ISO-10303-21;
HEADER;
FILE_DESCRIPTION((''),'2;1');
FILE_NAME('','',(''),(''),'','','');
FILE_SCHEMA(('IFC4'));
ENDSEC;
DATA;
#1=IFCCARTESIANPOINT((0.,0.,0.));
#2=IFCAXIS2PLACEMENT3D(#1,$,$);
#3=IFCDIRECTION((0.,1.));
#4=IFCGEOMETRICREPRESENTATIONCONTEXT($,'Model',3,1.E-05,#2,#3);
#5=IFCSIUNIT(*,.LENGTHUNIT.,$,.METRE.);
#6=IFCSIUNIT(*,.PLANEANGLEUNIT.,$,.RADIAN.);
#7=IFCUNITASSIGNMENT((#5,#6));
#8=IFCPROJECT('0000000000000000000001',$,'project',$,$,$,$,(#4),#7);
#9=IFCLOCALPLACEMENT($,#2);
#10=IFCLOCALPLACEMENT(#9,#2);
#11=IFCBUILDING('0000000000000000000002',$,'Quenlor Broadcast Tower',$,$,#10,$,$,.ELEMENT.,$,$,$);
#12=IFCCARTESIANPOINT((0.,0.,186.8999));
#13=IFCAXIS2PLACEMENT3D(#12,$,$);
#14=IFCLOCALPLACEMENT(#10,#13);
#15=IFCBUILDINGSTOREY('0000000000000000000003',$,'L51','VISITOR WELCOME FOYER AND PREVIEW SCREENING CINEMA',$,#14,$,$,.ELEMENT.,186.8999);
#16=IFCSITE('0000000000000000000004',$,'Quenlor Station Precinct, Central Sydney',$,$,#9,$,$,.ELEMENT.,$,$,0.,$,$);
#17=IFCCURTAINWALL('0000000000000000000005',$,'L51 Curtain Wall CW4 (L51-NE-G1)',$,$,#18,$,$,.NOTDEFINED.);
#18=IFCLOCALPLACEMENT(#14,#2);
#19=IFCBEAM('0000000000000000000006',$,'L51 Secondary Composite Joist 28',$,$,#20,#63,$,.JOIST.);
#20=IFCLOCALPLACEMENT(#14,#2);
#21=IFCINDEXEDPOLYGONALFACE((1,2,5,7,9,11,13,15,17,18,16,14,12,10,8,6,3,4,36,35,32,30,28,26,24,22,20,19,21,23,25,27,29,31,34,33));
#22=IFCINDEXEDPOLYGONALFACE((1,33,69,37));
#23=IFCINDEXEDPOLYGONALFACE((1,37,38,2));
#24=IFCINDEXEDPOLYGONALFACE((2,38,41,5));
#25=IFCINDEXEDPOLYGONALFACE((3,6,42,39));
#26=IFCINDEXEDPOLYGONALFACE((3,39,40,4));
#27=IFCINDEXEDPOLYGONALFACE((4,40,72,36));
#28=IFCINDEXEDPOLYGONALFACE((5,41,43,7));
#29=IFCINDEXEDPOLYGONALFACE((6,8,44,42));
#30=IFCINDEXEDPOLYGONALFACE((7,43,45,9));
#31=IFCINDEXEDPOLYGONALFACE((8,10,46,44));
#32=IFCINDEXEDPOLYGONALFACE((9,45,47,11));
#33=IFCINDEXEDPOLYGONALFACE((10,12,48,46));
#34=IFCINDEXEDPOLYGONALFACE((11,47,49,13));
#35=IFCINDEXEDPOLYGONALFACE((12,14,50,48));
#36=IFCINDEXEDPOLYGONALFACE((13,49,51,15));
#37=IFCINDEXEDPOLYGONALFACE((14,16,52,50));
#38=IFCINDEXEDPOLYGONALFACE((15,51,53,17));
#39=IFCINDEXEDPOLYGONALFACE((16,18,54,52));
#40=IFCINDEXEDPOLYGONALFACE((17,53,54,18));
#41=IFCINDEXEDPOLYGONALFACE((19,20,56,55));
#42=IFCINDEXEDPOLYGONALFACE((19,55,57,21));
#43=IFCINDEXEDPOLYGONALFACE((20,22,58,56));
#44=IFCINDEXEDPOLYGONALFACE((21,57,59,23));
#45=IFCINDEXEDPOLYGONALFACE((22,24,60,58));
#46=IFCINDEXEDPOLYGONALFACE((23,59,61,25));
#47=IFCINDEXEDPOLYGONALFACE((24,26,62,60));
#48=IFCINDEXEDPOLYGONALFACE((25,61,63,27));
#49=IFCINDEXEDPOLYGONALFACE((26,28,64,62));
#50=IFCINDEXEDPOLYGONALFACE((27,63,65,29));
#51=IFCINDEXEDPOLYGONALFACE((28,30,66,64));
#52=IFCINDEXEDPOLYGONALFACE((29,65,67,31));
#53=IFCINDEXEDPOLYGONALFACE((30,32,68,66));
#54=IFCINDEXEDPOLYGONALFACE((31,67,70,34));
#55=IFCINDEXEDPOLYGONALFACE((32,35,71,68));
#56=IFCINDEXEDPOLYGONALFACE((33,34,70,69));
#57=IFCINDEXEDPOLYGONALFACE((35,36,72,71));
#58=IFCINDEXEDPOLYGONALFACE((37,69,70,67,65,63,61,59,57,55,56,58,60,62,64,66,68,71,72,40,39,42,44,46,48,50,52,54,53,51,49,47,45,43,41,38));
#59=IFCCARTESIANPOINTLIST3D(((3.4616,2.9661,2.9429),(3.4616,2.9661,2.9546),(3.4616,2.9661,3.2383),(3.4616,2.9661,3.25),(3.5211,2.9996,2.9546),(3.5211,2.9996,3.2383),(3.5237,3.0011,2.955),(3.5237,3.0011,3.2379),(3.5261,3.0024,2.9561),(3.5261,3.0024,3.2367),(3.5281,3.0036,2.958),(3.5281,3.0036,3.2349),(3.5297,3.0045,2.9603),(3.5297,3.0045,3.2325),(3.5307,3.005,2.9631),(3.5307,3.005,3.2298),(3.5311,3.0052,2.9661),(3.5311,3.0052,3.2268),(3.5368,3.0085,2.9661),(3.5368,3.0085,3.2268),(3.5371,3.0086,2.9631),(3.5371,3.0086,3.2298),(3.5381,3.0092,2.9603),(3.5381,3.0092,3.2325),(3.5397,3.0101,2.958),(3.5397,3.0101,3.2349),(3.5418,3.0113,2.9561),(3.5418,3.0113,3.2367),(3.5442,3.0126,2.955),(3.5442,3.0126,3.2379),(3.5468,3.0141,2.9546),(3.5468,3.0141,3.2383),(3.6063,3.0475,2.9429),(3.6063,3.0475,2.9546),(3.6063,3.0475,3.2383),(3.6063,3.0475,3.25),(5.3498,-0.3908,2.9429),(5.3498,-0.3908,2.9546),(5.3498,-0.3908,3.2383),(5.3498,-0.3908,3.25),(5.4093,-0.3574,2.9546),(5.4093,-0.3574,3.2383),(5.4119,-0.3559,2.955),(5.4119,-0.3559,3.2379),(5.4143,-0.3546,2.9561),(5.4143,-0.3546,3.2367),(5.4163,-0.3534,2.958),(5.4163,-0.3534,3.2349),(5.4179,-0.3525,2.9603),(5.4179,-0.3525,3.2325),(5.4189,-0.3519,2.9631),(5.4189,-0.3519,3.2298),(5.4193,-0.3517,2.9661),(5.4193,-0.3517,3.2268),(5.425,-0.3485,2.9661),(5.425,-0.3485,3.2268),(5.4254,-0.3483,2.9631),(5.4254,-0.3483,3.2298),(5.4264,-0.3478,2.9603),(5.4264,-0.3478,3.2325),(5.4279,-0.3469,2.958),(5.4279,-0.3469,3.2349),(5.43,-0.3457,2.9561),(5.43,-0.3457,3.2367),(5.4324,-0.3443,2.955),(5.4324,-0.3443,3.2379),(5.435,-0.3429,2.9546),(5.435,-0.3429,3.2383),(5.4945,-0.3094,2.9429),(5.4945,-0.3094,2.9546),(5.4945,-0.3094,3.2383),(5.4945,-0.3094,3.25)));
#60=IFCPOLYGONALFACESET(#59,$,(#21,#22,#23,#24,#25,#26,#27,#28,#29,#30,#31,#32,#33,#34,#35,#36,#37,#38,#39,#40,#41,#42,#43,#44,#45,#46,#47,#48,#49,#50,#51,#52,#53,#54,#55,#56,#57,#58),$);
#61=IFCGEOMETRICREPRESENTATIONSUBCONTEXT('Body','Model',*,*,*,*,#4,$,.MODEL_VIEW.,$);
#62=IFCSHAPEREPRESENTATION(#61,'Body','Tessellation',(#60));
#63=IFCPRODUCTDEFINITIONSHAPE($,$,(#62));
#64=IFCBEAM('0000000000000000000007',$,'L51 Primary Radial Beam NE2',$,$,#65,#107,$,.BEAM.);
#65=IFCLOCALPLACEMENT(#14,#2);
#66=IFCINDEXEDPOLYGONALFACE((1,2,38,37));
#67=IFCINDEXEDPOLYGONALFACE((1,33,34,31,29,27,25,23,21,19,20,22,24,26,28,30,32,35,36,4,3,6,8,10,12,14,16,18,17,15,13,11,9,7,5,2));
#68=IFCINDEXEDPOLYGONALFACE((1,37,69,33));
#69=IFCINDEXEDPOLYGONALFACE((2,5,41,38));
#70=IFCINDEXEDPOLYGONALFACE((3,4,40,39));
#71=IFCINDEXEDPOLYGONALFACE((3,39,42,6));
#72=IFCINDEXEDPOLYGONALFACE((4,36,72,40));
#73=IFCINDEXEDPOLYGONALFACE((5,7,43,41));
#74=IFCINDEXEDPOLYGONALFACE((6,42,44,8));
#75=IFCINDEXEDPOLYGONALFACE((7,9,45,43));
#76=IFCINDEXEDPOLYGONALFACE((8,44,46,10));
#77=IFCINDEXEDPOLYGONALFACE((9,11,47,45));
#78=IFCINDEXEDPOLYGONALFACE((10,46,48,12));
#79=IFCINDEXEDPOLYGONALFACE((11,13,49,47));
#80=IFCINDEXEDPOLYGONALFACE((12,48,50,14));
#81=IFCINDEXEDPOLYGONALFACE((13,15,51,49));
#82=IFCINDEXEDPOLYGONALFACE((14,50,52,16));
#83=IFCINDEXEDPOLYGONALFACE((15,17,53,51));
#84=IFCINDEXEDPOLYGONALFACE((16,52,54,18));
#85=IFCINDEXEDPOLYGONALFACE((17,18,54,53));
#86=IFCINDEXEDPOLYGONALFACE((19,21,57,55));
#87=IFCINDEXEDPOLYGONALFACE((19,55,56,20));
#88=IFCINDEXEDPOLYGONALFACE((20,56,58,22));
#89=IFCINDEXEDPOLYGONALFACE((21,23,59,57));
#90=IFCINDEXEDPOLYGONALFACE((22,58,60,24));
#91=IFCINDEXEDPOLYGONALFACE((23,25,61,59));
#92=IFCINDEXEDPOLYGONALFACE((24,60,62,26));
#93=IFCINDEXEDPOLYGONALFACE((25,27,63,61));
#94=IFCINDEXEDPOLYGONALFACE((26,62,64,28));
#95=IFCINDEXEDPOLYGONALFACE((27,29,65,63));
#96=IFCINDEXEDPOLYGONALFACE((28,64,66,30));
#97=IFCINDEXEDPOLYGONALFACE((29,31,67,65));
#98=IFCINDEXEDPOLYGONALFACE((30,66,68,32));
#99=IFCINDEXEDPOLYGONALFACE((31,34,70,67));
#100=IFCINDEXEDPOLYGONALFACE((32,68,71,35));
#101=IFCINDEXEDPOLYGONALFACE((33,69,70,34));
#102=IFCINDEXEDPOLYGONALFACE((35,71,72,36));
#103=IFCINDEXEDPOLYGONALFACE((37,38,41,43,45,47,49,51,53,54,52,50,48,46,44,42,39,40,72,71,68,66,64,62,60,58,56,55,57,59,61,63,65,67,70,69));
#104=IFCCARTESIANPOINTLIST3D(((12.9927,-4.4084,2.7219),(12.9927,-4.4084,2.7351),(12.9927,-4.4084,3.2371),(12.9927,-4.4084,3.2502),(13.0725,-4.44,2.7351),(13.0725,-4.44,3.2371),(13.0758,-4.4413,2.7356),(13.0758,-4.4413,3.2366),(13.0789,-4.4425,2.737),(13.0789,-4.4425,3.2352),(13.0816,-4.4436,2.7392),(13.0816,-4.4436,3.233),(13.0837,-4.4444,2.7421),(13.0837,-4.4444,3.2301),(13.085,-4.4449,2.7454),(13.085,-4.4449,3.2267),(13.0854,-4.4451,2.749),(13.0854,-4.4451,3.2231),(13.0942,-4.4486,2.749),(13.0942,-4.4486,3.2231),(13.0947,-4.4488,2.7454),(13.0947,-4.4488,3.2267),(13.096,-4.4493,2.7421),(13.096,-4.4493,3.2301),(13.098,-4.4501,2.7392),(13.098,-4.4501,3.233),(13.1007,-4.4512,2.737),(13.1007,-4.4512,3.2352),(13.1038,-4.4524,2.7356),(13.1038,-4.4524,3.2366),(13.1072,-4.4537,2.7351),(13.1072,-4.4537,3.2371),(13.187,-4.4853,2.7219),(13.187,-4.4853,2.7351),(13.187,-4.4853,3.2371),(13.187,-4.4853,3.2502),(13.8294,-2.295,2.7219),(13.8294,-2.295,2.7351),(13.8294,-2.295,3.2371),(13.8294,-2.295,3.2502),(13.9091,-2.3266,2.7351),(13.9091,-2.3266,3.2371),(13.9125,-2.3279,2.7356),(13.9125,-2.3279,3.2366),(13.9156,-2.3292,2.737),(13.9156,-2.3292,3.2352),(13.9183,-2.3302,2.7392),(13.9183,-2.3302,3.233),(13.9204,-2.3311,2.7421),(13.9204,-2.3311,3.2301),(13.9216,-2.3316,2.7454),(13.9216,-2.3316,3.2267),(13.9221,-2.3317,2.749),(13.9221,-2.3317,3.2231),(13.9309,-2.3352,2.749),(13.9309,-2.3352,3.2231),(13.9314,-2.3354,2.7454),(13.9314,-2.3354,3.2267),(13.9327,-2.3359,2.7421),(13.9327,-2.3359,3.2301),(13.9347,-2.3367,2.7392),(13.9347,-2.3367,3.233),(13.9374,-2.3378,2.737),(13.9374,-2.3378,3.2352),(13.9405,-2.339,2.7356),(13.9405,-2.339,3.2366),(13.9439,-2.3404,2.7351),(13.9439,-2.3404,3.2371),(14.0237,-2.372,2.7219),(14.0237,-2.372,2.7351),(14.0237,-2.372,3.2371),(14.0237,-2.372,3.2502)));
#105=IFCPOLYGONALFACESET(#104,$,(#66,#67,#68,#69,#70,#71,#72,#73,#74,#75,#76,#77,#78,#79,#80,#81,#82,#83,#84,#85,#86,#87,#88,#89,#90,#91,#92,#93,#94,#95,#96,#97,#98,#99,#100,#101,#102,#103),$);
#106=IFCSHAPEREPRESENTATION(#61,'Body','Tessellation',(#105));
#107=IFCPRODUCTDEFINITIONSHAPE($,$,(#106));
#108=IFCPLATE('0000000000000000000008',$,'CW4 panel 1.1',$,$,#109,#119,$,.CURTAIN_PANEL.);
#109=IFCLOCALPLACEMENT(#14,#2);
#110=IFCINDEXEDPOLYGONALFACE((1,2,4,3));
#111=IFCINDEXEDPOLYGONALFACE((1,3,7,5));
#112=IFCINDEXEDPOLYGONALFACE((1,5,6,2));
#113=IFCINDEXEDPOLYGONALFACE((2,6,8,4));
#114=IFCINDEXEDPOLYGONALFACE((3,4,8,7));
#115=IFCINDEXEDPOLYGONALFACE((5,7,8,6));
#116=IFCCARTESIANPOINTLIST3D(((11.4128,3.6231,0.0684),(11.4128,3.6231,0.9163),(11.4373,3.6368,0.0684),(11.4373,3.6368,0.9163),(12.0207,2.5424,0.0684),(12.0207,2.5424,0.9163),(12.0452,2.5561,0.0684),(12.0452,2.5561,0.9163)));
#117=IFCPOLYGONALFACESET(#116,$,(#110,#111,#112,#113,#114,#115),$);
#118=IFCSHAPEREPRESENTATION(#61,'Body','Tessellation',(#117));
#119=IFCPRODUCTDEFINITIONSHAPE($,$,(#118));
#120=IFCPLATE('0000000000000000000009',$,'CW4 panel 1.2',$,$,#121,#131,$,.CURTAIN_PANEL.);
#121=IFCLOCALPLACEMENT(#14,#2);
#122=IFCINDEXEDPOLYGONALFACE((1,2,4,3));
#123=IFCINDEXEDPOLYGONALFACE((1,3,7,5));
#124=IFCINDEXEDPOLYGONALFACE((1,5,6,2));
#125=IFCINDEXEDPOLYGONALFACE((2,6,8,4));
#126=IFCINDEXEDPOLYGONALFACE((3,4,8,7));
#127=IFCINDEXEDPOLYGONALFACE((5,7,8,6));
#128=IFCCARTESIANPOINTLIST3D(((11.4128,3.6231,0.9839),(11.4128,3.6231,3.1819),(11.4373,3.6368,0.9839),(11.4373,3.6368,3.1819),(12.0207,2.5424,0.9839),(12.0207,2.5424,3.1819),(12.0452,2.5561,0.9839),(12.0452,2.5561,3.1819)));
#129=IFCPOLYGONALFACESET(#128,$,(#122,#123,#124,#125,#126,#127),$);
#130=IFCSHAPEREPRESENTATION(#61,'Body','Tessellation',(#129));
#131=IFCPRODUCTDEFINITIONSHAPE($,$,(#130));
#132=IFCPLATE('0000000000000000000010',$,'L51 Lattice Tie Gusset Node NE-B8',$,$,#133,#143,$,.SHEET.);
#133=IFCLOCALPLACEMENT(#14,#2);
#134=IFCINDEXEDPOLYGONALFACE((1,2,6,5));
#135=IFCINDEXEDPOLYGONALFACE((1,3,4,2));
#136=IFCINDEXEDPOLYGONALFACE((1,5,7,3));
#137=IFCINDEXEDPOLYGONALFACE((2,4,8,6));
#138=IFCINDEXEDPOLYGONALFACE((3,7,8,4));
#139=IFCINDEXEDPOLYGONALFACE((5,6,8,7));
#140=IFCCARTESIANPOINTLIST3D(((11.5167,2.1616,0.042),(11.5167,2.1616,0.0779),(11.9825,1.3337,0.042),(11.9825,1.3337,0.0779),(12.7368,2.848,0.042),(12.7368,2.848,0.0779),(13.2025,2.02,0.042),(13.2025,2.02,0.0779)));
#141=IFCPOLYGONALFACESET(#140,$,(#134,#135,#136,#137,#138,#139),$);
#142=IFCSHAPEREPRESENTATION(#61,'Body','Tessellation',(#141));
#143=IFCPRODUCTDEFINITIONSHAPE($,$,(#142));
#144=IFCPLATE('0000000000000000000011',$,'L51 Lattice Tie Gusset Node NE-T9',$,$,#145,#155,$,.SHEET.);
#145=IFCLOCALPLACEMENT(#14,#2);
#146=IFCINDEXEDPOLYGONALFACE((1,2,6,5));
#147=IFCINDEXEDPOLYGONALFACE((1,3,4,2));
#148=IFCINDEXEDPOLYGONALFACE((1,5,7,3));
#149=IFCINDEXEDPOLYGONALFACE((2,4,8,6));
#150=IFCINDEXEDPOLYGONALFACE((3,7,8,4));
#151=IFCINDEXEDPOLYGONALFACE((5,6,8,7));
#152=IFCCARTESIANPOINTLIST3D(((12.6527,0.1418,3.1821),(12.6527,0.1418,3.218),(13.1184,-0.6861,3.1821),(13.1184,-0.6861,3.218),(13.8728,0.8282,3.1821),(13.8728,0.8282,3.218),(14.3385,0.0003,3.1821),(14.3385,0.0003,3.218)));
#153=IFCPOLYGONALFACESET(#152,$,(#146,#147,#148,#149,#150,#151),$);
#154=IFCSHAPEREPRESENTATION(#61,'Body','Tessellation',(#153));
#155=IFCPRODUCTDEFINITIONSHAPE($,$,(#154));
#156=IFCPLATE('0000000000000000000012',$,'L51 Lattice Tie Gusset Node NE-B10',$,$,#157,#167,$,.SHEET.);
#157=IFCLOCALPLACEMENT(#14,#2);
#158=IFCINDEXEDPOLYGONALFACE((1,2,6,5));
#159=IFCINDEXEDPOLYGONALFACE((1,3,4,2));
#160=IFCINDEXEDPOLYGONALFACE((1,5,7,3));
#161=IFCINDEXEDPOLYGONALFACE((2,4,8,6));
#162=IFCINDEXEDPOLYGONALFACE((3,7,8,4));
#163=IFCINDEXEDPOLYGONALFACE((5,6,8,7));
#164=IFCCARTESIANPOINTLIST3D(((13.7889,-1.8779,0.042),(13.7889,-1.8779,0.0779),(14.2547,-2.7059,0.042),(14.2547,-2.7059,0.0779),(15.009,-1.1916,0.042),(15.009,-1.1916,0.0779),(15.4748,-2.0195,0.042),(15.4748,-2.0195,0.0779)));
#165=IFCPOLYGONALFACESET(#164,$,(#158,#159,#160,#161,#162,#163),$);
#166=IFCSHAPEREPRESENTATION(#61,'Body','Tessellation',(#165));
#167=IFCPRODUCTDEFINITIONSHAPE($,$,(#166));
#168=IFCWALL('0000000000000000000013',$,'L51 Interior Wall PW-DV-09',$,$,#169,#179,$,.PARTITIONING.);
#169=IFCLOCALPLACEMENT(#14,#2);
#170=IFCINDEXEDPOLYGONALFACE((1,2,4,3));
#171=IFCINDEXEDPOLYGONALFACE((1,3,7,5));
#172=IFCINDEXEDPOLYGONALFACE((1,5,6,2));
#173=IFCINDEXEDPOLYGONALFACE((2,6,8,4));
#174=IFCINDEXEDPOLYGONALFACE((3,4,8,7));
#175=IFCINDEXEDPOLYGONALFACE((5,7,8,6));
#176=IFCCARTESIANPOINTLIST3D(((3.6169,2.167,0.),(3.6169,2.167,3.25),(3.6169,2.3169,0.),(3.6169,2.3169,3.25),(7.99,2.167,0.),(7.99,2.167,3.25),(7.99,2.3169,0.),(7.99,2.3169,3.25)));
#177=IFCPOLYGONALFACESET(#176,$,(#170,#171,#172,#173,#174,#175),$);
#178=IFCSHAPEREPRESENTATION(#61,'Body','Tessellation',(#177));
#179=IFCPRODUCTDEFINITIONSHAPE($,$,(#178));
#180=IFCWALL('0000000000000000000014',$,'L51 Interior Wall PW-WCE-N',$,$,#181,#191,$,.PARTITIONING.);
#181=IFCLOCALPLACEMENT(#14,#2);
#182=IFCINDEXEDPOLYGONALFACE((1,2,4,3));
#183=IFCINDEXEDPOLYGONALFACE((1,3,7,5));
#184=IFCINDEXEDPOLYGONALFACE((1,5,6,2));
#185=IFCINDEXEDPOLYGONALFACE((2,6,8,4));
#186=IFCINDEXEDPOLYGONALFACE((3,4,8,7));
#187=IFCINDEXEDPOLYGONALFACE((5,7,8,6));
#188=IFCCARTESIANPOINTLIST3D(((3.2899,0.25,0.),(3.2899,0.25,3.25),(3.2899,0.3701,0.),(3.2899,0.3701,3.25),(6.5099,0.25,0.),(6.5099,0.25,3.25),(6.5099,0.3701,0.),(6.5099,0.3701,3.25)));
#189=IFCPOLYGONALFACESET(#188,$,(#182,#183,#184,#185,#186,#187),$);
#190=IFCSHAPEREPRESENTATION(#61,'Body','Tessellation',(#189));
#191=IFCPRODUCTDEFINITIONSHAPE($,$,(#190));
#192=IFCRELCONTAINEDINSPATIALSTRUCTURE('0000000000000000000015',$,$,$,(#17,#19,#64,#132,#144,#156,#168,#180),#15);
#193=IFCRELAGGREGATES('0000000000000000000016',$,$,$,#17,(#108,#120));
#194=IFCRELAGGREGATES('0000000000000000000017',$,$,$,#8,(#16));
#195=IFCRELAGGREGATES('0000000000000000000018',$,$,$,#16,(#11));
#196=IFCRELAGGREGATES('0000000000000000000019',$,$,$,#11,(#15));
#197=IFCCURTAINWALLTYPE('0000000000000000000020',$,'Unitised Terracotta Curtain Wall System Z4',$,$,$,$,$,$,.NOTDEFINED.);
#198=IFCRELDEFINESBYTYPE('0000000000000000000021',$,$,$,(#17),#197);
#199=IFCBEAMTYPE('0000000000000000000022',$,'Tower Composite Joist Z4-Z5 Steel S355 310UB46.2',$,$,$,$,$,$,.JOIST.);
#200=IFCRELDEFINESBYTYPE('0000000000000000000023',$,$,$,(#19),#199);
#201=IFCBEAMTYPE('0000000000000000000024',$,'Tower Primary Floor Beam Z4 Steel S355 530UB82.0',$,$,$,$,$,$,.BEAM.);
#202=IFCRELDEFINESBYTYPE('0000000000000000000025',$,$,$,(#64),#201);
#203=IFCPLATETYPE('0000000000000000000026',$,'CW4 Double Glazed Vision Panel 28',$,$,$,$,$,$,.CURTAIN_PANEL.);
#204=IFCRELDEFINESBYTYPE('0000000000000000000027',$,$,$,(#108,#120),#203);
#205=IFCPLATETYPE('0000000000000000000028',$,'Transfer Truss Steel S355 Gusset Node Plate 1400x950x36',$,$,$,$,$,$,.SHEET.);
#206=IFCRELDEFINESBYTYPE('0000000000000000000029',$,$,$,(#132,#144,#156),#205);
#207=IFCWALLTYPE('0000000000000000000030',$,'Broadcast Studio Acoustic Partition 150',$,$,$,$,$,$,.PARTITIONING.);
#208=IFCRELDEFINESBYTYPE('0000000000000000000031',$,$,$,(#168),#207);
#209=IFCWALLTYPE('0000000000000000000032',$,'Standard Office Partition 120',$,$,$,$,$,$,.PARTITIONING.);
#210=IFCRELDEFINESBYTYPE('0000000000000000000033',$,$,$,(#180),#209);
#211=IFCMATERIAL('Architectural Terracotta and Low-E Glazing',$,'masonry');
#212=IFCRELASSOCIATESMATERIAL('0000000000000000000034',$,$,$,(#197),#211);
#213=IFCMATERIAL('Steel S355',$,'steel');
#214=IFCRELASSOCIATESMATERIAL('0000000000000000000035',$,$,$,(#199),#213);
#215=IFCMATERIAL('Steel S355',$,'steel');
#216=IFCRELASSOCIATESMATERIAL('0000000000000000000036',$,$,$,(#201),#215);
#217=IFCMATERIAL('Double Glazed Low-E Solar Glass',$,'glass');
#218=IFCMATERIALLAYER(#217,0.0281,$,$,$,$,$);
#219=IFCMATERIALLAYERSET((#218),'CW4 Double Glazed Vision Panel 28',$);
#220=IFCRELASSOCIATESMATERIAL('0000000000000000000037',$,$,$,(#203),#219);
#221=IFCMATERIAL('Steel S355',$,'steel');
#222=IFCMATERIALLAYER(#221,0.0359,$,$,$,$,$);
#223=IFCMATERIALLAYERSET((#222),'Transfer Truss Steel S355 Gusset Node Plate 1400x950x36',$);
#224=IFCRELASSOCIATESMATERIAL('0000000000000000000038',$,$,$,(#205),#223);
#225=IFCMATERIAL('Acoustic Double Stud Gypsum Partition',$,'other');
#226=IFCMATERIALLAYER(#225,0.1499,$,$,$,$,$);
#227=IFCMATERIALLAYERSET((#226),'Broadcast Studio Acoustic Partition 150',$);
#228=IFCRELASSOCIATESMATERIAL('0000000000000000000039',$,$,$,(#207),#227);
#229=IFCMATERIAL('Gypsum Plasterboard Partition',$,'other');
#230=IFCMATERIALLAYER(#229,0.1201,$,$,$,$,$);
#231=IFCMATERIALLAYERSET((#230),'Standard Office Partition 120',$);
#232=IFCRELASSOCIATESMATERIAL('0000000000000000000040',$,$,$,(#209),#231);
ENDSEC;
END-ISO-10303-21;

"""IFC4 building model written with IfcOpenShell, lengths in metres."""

from ifc_helpers import new_model, si_unit, direction, frame, frame_2d, origin, origin_2d, place, context, subcontext, project, spatial, rectangle, i_section, extrude, material, layer, layer_set, material_profile, profile_set, type_object, element, aggregate, save


model = new_model("IFC4")

# Units and contexts
model_context = context("Model", 3, precision=1e-05, world=origin(), true_north=direction((0.0, 1.0)))
body_context = subcontext(model_context, "Body", "Model", "MODEL_VIEW")
ifc_project = project(units=[si_unit("LENGTHUNIT", "METRE"), si_unit("PLANEANGLEUNIT", "RADIAN")], contexts=[model_context])

# Site, building, storey
site_placement = place(None, origin())
site = spatial("IfcSite", under=ifc_project, at=site_placement, Name="Quenlor Station Precinct, Central Sydney", CompositionType="ELEMENT", RefElevation=0.0)
building_placement = place(site_placement, origin())
building = spatial("IfcBuilding", under=site, at=building_placement, Name="Quenlor Broadcast Tower", CompositionType="ELEMENT")
storey_placement = place(building_placement, frame((0.0, 0.0, 186.8999)))
storey = spatial("IfcBuildingStorey", under=building, at=storey_placement, Name="L51", Description="VISITOR WELCOME FOYER AND PREVIEW SCREENING CINEMA", CompositionType="ELEMENT", Elevation=186.8999)

# Curtain wall
ifc_material_1 = material(Name="Architectural Terracotta and Low-E Glazing", Category="masonry")
curtain_wall_type = type_object("IfcCurtainWallType", Name="Unitised Terracotta Curtain Wall System Z4", PredefinedType="NOTDEFINED", material=ifc_material_1)
curtain_wall_placement = place(storey_placement, origin())
curtain_wall = element("IfcCurtainWall", 1, at=curtain_wall_placement, inside=storey, type_object=curtain_wall_type, Name="L51 Curtain Wall CW4 (L51-NE-G1)", PredefinedType="NOTDEFINED")

# Beams
ifc_material_2 = material(Name="Steel S355", Category="steel")
ifc_material_profile_1 = material_profile(ifc_material_2, i_section(OverallWidth=0.166, OverallDepth=0.3071, WebThickness=0.0066, FlangeThickness=0.0117, FilletRadius=0.0115, at=origin_2d()))
ifc_profile_set_1 = profile_set([ifc_material_profile_1], Name="Steel S355 310UB46.2")
beam_type_1 = type_object("IfcBeamType", Name="Tower Composite Joist Z4-Z5 Steel S355 310UB46.2", PredefinedType="JOIST", material=ifc_profile_set_1)
beam_1_placement = place(storey_placement, frame((3.5339, 3.0068, 3.0964), z_axis=(0.490243, -0.871586, 0.0), x_axis=(0.871586, 0.490243, 0.0)))
element("IfcBeam", 2, at=beam_1_placement, inside=storey, type_object=beam_type_1, Name="L51 Secondary Composite Joist 28", PredefinedType="JOIST", context=body_context, shape_type="SweptSolid", body=[
    extrude(i_section(OverallWidth=0.166, OverallDepth=0.3071, WebThickness=0.0066, FlangeThickness=0.0117, FilletRadius=0.0115, at=origin_2d()), origin(), (0.0, 0.0, 1.0), 3.8516),
])
ifc_material_3 = material(Name="Steel S355", Category="steel")
ifc_material_profile_2 = material_profile(ifc_material_3, i_section(OverallWidth=0.209, OverallDepth=0.5283, WebThickness=0.0095, FlangeThickness=0.0132, FilletRadius=0.0139, at=origin_2d()))
ifc_profile_set_2 = profile_set([ifc_material_profile_2], Name="Steel S355 530UB82.0")
beam_type_2 = type_object("IfcBeamType", Name="Tower Primary Floor Beam Z4 Steel S355 530UB82.0", PredefinedType="BEAM", material=ifc_profile_set_2)
beam_2_placement = place(storey_placement, frame((13.9265, -2.3335, 2.9861), z_axis=(-0.36811, -0.929782, 0.0), x_axis=(0.929782, -0.36811, 0.0)))
element("IfcBeam", 3, at=beam_2_placement, inside=storey, type_object=beam_type_2, Name="L51 Primary Radial Beam NE2", PredefinedType="BEAM", context=body_context, shape_type="SweptSolid", body=[
    extrude(i_section(OverallWidth=0.209, OverallDepth=0.5283, WebThickness=0.0095, FlangeThickness=0.0132, FilletRadius=0.0139, at=origin_2d()), origin(), (0.0, 0.0, 1.0), 2.2729),
])

# Plates
ifc_material_4 = material(Name="Double Glazed Low-E Solar Glass", Category="glass")
ifc_layer_1 = layer(ifc_material_4, 0.0281)
ifc_layer_set_1 = layer_set([ifc_layer_1], Name="CW4 Double Glazed Vision Panel 28")
plate_type_1 = type_object("IfcPlateType", Name="CW4 Double Glazed Vision Panel 28", PredefinedType="CURTAIN_PANEL", material=ifc_layer_set_1)
plate_1_placement = place(storey_placement, frame((11.729, 3.0896, 0.0684), z_axis=(0.0, 0.0, 1.0), x_axis=(0.490289, -0.87156, 0.0)))
plate_1 = element("IfcPlate", 4, at=plate_1_placement, type_object=plate_type_1, Name="CW4 panel 1.1", PredefinedType="CURTAIN_PANEL", context=body_context, shape_type="SweptSolid", body=[
    extrude(rectangle(XDim=1.24, YDim=0.0281, at=origin_2d()), origin(), (0.0, 0.0, 1.0), 0.8479),
])
plate_2_placement = place(storey_placement, frame((11.729, 3.0896, 0.9839), z_axis=(0.0, 0.0, 1.0), x_axis=(0.490289, -0.87156, 0.0)))
plate_2 = element("IfcPlate", 5, at=plate_2_placement, type_object=plate_type_1, Name="CW4 panel 1.2", PredefinedType="CURTAIN_PANEL", context=body_context, shape_type="SweptSolid", body=[
    extrude(rectangle(XDim=1.24, YDim=0.0281, at=origin_2d()), origin(), (0.0, 0.0, 1.0), 2.198),
])
aggregate(curtain_wall, [plate_1, plate_2])

# Plates
ifc_material_5 = material(Name="Steel S355", Category="steel")
ifc_layer_2 = layer(ifc_material_5, 0.0359)
ifc_layer_set_2 = layer_set([ifc_layer_2], Name="Transfer Truss Steel S355 Gusset Node Plate 1400x950x36")
plate_type_2 = type_object("IfcPlateType", Name="Transfer Truss Steel S355 Gusset Node Plate 1400x950x36", PredefinedType="SHEET", material=ifc_layer_set_2)
for number, where, z_axis, x_axis, name in (
    (6, (12.3596, 2.0908, 0.042), (0.0, 0.0, 1.0), (0.871556, 0.490295, 0.0), "L51 Lattice Tie Gusset Node NE-B8"),
    (7, (13.4956, 0.071, 3.1821), (0.0, 0.0, 1.0), (0.871556, 0.490295, 0.0), "L51 Lattice Tie Gusset Node NE-T9"),
    (8, (14.6318, -1.9487, 0.042), (0.0, 0.0, 1.0), (0.871556, 0.490295, 0.0), "L51 Lattice Tie Gusset Node NE-B10"),
):
    element("IfcPlate", number, at=place(storey_placement, frame(where, z_axis=z_axis, x_axis=x_axis)), inside=storey, type_object=plate_type_2, Name=name, PredefinedType="SHEET", context=body_context, shape_type="SweptSolid", body=[
        extrude(rectangle(XDim=1.3999, YDim=0.95, at=origin_2d()), origin(), (0.0, 0.0, 1.0), 0.0359),
    ])

# Walls
ifc_material_6 = material(Name="Acoustic Double Stud Gypsum Partition", Category="other")
ifc_layer_3 = layer(ifc_material_6, 0.1499)
ifc_layer_set_3 = layer_set([ifc_layer_3], Name="Broadcast Studio Acoustic Partition 150")
wall_type_1 = type_object("IfcWallType", Name="Broadcast Studio Acoustic Partition 150", PredefinedType="PARTITIONING", material=ifc_layer_set_3)
wall_1_placement = place(storey_placement, frame((7.99, 2.2419, 0.0), z_axis=(0.0, 0.0, 1.0), x_axis=(-1.0, 0.0, 0.0)))
element("IfcWall", 9, at=wall_1_placement, inside=storey, type_object=wall_type_1, Name="L51 Interior Wall PW-DV-09", PredefinedType="PARTITIONING", context=body_context, shape_type="SweptSolid", body=[
    extrude(rectangle(XDim=4.373, YDim=0.1499, at=frame_2d((2.1865, 0.0))), origin(), (0.0, 0.0, 1.0), 3.25),
])
ifc_material_7 = material(Name="Gypsum Plasterboard Partition", Category="other")
ifc_layer_4 = layer(ifc_material_7, 0.1201)
ifc_layer_set_4 = layer_set([ifc_layer_4], Name="Standard Office Partition 120")
wall_type_2 = type_object("IfcWallType", Name="Standard Office Partition 120", PredefinedType="PARTITIONING", material=ifc_layer_set_4)
wall_2_placement = place(storey_placement, frame((3.29, 0.3101, 0.0), z_axis=(0.0, 0.0, 1.0), x_axis=(1.0, 0.0, 0.0)))
element("IfcWall", 10, at=wall_2_placement, inside=storey, type_object=wall_type_2, Name="L51 Interior Wall PW-WCE-N", PredefinedType="PARTITIONING", context=body_context, shape_type="SweptSolid", body=[
    extrude(rectangle(XDim=3.22, YDim=0.1201, at=frame_2d((1.6099, 0.0))), origin(), (0.0, 0.0, 1.0), 3.25),
])

save(model, "model.ifc")
